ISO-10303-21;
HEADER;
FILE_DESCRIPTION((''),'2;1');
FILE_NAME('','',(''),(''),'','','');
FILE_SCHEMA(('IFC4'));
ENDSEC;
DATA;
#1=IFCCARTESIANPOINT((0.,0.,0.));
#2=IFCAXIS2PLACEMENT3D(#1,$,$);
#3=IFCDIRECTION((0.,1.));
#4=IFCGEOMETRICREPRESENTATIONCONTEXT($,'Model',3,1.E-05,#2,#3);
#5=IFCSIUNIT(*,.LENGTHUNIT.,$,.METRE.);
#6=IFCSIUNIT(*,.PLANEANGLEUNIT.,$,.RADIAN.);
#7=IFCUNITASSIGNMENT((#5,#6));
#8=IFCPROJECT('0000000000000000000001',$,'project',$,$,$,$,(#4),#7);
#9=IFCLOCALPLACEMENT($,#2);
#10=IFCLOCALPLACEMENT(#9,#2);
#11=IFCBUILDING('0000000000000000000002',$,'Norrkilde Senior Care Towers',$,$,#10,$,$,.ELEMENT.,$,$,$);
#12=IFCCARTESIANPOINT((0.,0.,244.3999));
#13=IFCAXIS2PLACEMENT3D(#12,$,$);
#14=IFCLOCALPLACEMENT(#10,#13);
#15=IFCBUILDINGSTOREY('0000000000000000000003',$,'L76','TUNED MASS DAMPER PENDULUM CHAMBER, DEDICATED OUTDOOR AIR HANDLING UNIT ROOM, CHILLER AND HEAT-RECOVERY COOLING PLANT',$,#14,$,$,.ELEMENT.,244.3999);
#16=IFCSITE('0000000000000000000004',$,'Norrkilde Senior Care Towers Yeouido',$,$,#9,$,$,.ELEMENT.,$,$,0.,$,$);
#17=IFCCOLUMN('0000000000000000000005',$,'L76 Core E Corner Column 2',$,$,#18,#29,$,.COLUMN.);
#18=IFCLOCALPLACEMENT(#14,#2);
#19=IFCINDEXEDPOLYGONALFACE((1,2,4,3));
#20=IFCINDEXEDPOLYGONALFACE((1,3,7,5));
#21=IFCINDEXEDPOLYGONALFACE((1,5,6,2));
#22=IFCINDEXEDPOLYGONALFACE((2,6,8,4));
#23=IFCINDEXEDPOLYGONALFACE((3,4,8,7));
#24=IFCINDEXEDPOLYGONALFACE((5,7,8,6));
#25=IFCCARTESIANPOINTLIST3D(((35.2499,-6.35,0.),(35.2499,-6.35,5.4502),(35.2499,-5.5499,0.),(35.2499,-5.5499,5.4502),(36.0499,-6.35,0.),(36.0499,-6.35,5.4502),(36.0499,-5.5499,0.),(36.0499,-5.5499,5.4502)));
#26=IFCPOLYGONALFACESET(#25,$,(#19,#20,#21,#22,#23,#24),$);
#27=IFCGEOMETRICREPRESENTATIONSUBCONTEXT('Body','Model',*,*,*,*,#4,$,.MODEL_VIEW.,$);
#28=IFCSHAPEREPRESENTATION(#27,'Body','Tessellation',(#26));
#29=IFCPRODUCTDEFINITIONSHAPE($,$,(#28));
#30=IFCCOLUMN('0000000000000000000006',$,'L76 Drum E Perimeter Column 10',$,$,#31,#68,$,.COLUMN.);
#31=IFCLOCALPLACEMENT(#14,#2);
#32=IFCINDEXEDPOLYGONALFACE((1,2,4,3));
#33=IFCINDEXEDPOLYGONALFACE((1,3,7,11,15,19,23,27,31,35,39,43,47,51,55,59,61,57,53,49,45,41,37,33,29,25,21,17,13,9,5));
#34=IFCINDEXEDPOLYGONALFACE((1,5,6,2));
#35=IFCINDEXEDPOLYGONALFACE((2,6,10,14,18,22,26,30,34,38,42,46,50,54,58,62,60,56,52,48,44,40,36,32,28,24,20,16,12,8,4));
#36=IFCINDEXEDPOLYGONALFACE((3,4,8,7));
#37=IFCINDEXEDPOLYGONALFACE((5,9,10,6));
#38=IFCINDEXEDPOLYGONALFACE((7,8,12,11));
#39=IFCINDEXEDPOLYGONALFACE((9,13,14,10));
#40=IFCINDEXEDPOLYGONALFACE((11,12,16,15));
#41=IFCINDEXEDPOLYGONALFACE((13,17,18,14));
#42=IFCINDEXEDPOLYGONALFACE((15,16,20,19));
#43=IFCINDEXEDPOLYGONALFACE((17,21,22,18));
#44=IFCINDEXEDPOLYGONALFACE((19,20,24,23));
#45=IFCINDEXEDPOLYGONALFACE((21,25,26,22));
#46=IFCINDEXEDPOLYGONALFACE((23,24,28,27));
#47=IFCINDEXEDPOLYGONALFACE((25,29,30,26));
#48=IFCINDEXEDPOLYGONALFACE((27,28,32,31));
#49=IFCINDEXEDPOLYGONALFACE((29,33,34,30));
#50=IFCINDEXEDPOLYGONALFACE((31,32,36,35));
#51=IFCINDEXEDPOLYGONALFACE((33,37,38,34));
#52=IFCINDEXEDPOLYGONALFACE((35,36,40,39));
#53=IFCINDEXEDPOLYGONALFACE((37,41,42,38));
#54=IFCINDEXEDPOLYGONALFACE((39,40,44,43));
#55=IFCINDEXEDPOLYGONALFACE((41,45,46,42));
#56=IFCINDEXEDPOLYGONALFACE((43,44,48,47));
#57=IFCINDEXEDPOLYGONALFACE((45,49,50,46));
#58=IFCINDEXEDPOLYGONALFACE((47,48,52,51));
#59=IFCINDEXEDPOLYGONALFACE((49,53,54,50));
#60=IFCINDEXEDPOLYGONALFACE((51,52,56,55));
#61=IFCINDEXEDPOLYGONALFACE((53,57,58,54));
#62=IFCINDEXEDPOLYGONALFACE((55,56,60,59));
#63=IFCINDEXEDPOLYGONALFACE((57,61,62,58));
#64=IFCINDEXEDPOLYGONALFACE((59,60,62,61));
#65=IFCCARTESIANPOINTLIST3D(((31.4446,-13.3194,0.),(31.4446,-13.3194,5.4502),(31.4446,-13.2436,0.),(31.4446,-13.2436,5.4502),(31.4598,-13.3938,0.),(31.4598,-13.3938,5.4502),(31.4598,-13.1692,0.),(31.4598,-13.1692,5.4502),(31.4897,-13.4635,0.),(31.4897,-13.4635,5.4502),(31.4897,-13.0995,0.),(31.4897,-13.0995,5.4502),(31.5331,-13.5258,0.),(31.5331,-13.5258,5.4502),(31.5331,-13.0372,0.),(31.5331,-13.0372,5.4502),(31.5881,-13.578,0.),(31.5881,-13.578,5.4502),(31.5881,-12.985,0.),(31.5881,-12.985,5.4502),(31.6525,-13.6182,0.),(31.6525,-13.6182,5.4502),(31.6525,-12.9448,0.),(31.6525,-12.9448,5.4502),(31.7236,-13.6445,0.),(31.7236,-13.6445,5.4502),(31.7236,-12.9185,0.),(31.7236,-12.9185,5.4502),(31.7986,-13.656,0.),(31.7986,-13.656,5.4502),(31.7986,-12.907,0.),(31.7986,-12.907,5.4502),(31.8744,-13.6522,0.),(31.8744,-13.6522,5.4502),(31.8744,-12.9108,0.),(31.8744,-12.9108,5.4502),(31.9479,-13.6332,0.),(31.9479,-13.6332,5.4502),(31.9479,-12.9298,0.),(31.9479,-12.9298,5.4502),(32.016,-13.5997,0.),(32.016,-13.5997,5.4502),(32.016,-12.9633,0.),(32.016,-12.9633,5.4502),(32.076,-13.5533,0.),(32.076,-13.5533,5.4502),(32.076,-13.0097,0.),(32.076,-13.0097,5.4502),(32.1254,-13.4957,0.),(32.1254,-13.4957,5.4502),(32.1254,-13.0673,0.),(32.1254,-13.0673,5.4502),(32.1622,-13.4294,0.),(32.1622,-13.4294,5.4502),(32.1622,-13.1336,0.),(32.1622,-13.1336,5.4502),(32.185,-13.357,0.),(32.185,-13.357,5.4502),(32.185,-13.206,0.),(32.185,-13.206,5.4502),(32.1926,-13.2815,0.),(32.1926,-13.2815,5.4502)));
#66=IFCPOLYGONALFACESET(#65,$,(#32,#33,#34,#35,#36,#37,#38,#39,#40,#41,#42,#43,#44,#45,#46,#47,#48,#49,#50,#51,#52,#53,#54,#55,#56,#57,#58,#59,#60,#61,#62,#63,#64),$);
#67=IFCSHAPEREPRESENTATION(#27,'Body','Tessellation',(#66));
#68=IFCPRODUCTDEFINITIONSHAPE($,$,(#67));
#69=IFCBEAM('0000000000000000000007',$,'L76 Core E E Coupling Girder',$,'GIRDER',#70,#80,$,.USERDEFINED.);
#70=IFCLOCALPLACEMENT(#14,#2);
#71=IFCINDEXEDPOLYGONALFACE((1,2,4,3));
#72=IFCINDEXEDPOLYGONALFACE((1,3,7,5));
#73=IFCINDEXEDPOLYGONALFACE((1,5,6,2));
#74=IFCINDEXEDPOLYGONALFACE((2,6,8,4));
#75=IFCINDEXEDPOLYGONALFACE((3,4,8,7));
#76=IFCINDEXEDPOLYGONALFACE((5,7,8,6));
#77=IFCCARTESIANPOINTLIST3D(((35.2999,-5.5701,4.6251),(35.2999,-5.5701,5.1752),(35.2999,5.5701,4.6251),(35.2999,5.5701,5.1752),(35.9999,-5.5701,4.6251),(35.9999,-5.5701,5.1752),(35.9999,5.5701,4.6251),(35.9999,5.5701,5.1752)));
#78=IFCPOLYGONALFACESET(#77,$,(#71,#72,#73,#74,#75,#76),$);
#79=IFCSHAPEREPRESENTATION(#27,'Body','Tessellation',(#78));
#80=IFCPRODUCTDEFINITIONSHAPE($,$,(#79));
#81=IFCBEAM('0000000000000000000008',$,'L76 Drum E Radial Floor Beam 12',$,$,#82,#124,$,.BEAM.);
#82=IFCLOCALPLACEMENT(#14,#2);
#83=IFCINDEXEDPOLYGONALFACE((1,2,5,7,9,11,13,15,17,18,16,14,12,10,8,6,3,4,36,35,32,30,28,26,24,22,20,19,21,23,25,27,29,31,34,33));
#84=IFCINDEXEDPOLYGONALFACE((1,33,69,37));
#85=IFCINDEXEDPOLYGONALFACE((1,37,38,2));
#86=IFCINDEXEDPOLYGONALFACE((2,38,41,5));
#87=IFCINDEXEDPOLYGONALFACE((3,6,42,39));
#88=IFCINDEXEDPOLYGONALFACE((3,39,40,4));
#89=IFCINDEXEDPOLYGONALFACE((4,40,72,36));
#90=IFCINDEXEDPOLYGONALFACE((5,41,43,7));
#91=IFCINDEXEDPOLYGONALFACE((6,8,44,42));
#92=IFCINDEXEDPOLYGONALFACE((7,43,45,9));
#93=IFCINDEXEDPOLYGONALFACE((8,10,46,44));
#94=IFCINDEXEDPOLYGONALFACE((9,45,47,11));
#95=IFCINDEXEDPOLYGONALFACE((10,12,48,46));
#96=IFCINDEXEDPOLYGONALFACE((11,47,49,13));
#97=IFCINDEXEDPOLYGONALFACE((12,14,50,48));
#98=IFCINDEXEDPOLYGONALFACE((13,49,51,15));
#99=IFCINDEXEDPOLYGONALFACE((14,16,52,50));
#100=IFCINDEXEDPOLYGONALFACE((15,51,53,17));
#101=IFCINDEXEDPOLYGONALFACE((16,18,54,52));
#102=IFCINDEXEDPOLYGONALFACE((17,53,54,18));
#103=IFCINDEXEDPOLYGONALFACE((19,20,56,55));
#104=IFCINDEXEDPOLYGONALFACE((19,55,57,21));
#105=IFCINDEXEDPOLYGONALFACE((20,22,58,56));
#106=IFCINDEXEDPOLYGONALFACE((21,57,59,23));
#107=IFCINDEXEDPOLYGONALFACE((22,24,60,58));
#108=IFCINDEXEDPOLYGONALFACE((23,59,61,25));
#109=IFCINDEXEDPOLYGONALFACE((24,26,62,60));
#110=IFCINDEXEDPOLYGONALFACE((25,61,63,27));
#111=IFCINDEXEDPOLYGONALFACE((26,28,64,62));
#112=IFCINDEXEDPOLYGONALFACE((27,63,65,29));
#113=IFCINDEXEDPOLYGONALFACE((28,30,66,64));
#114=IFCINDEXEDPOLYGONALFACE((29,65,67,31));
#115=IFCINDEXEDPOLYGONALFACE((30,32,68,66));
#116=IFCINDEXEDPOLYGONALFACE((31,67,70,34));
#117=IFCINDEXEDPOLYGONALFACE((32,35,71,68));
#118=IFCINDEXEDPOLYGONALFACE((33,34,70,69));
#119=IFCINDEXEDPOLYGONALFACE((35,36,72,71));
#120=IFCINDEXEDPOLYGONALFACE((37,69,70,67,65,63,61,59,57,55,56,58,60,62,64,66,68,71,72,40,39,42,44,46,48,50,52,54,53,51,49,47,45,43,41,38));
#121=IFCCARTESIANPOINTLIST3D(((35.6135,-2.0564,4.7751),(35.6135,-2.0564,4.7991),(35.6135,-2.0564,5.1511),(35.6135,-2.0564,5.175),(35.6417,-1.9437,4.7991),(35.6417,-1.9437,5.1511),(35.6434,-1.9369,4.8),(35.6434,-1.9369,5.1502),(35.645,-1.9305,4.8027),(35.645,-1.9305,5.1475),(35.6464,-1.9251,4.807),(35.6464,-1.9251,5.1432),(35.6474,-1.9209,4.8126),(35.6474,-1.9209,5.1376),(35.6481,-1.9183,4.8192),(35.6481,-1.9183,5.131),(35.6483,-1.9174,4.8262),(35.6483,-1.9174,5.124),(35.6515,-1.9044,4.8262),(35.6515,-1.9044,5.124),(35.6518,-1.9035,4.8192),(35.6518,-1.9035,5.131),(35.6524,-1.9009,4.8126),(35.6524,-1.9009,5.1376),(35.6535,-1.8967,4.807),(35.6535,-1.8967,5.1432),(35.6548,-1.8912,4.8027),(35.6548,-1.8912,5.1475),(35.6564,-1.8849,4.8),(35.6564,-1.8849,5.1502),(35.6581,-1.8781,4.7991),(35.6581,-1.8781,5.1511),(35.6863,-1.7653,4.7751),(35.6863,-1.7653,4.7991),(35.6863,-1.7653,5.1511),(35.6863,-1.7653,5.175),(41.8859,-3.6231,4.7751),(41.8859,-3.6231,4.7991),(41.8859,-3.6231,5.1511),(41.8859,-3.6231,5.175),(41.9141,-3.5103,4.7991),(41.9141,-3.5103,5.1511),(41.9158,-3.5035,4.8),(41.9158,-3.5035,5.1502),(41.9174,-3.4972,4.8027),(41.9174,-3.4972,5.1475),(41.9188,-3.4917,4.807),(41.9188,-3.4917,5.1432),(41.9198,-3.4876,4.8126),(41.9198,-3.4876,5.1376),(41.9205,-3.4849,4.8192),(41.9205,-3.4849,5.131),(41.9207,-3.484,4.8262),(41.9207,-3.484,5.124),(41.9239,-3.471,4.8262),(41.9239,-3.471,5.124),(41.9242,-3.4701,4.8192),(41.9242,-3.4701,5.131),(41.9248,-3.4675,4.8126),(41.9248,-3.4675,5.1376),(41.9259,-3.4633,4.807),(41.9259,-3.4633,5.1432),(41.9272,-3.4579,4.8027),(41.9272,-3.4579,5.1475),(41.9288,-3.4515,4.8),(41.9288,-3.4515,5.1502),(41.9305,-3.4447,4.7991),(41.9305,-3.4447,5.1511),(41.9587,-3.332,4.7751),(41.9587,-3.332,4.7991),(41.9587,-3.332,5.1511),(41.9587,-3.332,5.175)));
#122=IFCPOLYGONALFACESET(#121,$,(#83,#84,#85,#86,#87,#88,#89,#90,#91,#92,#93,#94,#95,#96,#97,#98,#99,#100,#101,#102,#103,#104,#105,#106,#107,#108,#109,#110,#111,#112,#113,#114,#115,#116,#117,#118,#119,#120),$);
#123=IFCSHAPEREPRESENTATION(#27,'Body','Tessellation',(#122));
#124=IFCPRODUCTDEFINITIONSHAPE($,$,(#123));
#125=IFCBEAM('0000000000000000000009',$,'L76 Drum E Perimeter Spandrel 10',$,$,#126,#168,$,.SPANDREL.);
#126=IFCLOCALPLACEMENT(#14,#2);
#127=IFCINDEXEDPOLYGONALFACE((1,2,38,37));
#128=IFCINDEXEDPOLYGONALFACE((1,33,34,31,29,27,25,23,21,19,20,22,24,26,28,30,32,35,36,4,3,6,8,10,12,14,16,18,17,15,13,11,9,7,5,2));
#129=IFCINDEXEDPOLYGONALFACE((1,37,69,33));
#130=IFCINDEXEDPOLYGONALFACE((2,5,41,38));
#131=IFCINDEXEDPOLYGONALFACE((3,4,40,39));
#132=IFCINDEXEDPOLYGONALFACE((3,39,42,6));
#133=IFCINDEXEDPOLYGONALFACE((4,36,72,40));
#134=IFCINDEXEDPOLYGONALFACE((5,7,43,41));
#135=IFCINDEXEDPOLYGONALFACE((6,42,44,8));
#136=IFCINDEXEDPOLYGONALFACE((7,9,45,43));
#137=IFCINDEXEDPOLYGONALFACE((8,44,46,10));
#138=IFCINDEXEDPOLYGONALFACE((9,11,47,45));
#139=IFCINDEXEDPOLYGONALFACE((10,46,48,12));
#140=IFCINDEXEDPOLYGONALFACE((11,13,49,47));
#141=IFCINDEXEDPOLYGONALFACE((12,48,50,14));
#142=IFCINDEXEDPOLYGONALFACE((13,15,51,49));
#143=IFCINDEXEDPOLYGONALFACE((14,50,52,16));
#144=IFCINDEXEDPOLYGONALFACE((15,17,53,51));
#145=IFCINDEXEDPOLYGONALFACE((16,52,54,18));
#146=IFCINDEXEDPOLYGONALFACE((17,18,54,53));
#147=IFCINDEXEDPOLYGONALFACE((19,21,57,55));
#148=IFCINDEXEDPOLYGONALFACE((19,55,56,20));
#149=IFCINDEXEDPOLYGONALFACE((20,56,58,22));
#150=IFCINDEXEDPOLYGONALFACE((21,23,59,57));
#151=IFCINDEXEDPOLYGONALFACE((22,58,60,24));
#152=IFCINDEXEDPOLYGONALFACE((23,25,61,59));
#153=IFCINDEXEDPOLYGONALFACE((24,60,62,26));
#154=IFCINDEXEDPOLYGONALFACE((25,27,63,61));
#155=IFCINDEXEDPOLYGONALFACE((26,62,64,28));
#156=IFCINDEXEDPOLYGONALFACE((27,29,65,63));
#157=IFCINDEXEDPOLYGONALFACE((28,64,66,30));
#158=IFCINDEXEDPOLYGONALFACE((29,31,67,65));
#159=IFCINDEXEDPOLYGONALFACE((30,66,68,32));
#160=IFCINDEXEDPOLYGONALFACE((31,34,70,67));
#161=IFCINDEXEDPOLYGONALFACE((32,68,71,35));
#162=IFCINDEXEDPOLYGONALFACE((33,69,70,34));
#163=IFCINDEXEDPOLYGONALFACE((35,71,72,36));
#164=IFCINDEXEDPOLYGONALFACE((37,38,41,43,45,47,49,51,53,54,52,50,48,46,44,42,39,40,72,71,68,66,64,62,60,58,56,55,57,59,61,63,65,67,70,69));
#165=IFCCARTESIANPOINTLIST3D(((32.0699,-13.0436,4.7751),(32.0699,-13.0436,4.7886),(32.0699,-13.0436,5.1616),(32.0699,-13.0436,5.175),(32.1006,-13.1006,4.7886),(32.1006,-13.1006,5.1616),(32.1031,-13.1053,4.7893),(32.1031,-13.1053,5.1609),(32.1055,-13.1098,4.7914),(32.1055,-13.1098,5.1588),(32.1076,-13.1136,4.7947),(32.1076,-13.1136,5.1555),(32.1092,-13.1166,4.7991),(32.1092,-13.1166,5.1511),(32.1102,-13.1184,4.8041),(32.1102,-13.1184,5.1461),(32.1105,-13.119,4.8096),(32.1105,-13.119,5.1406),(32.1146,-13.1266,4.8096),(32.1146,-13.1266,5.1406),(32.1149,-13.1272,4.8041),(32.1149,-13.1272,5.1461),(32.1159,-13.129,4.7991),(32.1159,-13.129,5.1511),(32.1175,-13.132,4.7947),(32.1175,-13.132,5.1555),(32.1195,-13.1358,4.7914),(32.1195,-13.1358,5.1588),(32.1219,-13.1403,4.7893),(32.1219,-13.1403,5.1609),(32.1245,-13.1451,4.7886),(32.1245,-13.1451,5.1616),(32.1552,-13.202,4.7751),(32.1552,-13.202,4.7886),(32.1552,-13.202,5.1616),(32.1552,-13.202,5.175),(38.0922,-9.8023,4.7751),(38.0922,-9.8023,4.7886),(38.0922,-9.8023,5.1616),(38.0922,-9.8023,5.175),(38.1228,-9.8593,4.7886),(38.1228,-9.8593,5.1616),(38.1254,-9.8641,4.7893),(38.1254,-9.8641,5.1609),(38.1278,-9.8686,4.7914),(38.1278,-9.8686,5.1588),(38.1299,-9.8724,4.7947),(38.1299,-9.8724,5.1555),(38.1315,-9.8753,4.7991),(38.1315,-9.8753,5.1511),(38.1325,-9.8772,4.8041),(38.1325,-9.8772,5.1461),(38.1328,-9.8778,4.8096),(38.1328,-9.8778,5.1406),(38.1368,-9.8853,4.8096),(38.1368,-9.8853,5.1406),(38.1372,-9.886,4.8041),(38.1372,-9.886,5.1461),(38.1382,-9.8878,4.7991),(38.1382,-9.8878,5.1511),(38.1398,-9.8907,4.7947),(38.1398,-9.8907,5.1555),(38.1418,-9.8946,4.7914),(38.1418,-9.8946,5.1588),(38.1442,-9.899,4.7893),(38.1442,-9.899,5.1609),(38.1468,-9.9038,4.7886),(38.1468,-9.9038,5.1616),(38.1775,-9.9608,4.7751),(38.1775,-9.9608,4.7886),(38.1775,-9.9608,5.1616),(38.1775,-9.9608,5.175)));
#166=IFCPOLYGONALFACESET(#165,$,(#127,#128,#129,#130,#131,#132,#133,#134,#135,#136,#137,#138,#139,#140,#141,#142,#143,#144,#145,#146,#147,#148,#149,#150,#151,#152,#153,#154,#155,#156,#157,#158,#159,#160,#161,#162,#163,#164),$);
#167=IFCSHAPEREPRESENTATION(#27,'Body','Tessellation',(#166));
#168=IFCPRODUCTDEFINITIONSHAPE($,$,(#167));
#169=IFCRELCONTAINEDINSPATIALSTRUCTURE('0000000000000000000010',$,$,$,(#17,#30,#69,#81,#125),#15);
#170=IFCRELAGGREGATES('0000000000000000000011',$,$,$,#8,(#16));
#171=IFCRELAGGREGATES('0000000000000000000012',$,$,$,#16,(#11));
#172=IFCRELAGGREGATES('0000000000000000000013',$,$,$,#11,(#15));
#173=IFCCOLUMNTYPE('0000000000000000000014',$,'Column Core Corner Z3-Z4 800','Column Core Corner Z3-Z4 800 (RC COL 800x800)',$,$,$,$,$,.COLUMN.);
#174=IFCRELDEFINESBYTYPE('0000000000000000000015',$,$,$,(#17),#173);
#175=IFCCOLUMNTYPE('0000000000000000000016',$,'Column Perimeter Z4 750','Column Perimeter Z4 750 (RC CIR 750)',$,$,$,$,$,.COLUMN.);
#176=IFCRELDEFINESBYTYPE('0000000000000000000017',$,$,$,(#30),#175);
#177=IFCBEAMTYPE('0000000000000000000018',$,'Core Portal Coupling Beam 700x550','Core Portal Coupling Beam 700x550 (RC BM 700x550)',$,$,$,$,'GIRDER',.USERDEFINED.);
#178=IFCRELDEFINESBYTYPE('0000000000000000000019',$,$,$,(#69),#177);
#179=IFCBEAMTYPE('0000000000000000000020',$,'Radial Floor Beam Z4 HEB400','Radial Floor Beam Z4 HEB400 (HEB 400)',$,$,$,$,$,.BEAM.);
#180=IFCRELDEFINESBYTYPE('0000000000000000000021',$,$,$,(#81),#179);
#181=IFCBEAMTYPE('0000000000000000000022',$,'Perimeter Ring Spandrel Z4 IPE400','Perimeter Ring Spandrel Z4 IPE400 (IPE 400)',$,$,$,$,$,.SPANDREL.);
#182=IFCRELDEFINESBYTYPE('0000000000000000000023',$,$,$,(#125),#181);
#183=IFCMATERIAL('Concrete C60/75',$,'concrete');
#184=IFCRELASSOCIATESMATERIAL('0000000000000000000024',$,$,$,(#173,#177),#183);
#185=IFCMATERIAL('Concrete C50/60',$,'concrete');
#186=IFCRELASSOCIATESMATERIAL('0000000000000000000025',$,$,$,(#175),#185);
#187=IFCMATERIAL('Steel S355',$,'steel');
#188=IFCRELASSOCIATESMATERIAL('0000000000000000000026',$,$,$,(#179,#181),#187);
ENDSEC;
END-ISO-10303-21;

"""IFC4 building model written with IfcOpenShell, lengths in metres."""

from ifc_helpers import new_model, si_unit, direction, frame, origin, origin_2d, place, context, subcontext, project, spatial, rectangle, circle, i_section, extrude, source, transform, mapped, material, material_profile, profile_set, type_object, type_shapes, element, save


model = new_model("IFC4")

# Units and contexts
model_context = context("Model", 3, precision=1e-05, world=origin(), true_north=direction((0.0, 1.0)))
body_context = subcontext(model_context, "Body", "Model", "MODEL_VIEW")
ifc_project = project(units=[si_unit("LENGTHUNIT", "METRE"), si_unit("PLANEANGLEUNIT", "RADIAN")], contexts=[model_context])

# Site, building, storey
site_placement = place(None, origin())
site = spatial("IfcSite", under=ifc_project, at=site_placement, Name="Norrkilde Senior Care Towers Yeouido", CompositionType="ELEMENT", RefElevation=0.0)
building_placement = place(site_placement, origin())
building = spatial("IfcBuilding", under=site, at=building_placement, Name="Norrkilde Senior Care Towers", CompositionType="ELEMENT")
storey_placement = place(building_placement, frame((0.0, 0.0, 244.3999)))
storey = spatial("IfcBuildingStorey", under=building, at=storey_placement, Name="L76", Description="TUNED MASS DAMPER PENDULUM CHAMBER, DEDICATED OUTDOOR AIR HANDLING UNIT ROOM, CHILLER AND HEAT-RECOVERY COOLING PLANT", CompositionType="ELEMENT", Elevation=244.3999)

# Columns
ifc_material_1 = material(Name="Concrete C60/75", Category="concrete")
ifc_material_profile_1 = material_profile(ifc_material_1, rectangle(XDim=0.8, YDim=0.8, at=origin_2d()), Name="RC COL 800x800")
ifc_profile_set_1 = profile_set([ifc_material_profile_1], Name="Concrete C60/75")
column_type_1 = type_object("IfcColumnType", Name="Column Core Corner Z3-Z4 800", Description="Column Core Corner Z3-Z4 800 (RC COL 800x800)", PredefinedType="COLUMN", material=ifc_profile_set_1)
shared_shape_1 = source(origin(), body_context, "Body", "SweptSolid", [
    extrude(rectangle(XDim=0.8, YDim=0.8, at=origin_2d()), origin(), (0.0, 0.0, 1.0), 5.4502),
])
type_shapes(column_type_1, [shared_shape_1])
column_1_placement = place(storey_placement, frame((35.6499, -5.95, 0.0), z_axis=(0.0, 0.0, 1.0), x_axis=(1.0, 0.0, 0.0)))
element("IfcColumn", 1, at=column_1_placement, inside=storey, type_object=column_type_1, Name="L76 Core E Corner Column 2", PredefinedType="COLUMN", context=body_context, shape_type="MappedRepresentation", body=[
    mapped(shared_shape_1, transform((0.0, 0.0, 0.0), x_axis=(1.0, 0.0, 0.0), y_axis=(0.0, 1.0, 0.0), z_axis=(0.0, 0.0, 1.0), scale=1.0)),
])
ifc_material_2 = material(Name="Concrete C50/60", Category="concrete")
ifc_material_profile_2 = material_profile(ifc_material_2, circle(Radius=0.375, at=origin_2d()), Name="RC CIR 750")
ifc_profile_set_2 = profile_set([ifc_material_profile_2], Name="Concrete C50/60")
column_type_2 = type_object("IfcColumnType", Name="Column Perimeter Z4 750", Description="Column Perimeter Z4 750 (RC CIR 750)", PredefinedType="COLUMN", material=ifc_profile_set_2)
shared_shape_2 = source(origin(), body_context, "Body", "SweptSolid", [
    extrude(circle(Radius=0.375, at=origin_2d()), origin(), (0.0, 0.0, 1.0), 5.4502),
])
type_shapes(column_type_2, [shared_shape_2])
column_2_placement = place(storey_placement, frame((31.8176, -13.2815, 0.0), z_axis=(0.0, 0.0, 1.0), x_axis=(1.0, 0.0, 0.0)))
element("IfcColumn", 2, at=column_2_placement, inside=storey, type_object=column_type_2, Name="L76 Drum E Perimeter Column 10", PredefinedType="COLUMN", context=body_context, shape_type="MappedRepresentation", body=[
    mapped(shared_shape_2, transform((0.0, 0.0, 0.0), x_axis=(1.0, 0.0, 0.0), y_axis=(0.0, 1.0, 0.0), z_axis=(0.0, 0.0, 1.0), scale=1.0)),
])

# Beams
ifc_material_profile_3 = material_profile(ifc_material_1, rectangle(XDim=0.7, YDim=0.55, at=origin_2d()), Name="RC BM 700x550")
ifc_profile_set_3 = profile_set([ifc_material_profile_3], Name="Concrete C60/75")
beam_type_1 = type_object("IfcBeamType", Name="Core Portal Coupling Beam 700x550", Description="Core Portal Coupling Beam 700x550 (RC BM 700x550)", ElementType="GIRDER", PredefinedType="USERDEFINED", material=ifc_profile_set_3)
shared_shape_3 = source(origin(), body_context, "Body", "SweptSolid", [
    extrude(rectangle(XDim=0.7, YDim=0.55, at=origin_2d()), origin(), (0.0, 0.0, 1.0), 11.1401),
])
type_shapes(beam_type_1, [shared_shape_3])
beam_1_placement = place(storey_placement, frame((35.6499, -5.5701, 4.9001), z_axis=(0.0, 1.0, 0.0), x_axis=(-1.0, 0.0, 0.0)))
element("IfcBeam", 3, at=beam_1_placement, inside=storey, type_object=beam_type_1, Name="L76 Core E E Coupling Girder", ObjectType="GIRDER", PredefinedType="USERDEFINED", context=body_context, shape_type="MappedRepresentation", body=[
    mapped(shared_shape_3, transform((0.0, 0.0, 0.0), x_axis=(1.0, 0.0, 0.0), y_axis=(0.0, 1.0, 0.0), z_axis=(0.0, 0.0, 1.0), scale=1.0)),
])
ifc_material_3 = material(Name="Steel S355", Category="steel")
ifc_material_profile_4 = material_profile(ifc_material_3, i_section(OverallWidth=0.3, OverallDepth=0.3999, WebThickness=0.0134, FlangeThickness=0.0239, FilletRadius=0.0271, at=origin_2d()), Name="HEB 400")
ifc_profile_set_4 = profile_set([ifc_material_profile_4], Name="Steel S355")
beam_type_2 = type_object("IfcBeamType", Name="Radial Floor Beam Z4 HEB400", Description="Radial Floor Beam Z4 HEB400 (HEB 400)", PredefinedType="BEAM", material=ifc_profile_set_4)
shared_shape_4 = source(origin(), body_context, "Body", "SweptSolid", [
    extrude(i_section(OverallWidth=0.3, OverallDepth=0.3999, WebThickness=0.0134, FlangeThickness=0.0239, FilletRadius=0.0271, at=origin_2d()), origin(), (0.0, 0.0, 1.0), 6.4651),
])
beam_2_placement = place(storey_placement, frame((35.6499, -1.9109, 4.9751), z_axis=(0.970196, -0.242322, 0.0), x_axis=(0.242322, 0.970196, 0.0)))
element("IfcBeam", 4, at=beam_2_placement, inside=storey, type_object=beam_type_2, Name="L76 Drum E Radial Floor Beam 12", PredefinedType="BEAM", context=body_context, shape_type="MappedRepresentation", body=[
    mapped(shared_shape_4, transform((0.0, 0.0, 0.0), x_axis=(1.0, 0.0, 0.0), y_axis=(0.0, 1.0, 0.0), z_axis=(0.0, 0.0, 1.0), scale=1.0)),
])
ifc_material_profile_5 = material_profile(ifc_material_3, i_section(OverallWidth=0.1799, OverallDepth=0.3999, WebThickness=0.0085, FlangeThickness=0.0134, FilletRadius=0.021, at=origin_2d()), Name="IPE 400")
ifc_profile_set_5 = profile_set([ifc_material_profile_5], Name="Steel S355")
beam_type_3 = type_object("IfcBeamType", Name="Perimeter Ring Spandrel Z4 IPE400", Description="Perimeter Ring Spandrel Z4 IPE400 (IPE 400)", PredefinedType="SPANDREL", material=ifc_profile_set_5)
shared_shape_5 = source(origin(), body_context, "Body", "SweptSolid", [
    extrude(i_section(OverallWidth=0.1799, OverallDepth=0.3999, WebThickness=0.0085, FlangeThickness=0.0134, FilletRadius=0.021, at=origin_2d()), origin(), (0.0, 0.0, 1.0), 6.8391),
])
type_shapes(beam_type_3, [shared_shape_5])
beam_3_placement = place(storey_placement, frame((32.1125, -13.1228, 4.9751), z_axis=(0.880564, 0.473927, 0.0), x_axis=(-0.473927, 0.880564, 0.0)))
element("IfcBeam", 5, at=beam_3_placement, inside=storey, type_object=beam_type_3, Name="L76 Drum E Perimeter Spandrel 10", PredefinedType="SPANDREL", context=body_context, shape_type="MappedRepresentation", body=[
    mapped(shared_shape_5, transform((0.0, 0.0, 0.0), x_axis=(1.0, 0.0, 0.0), y_axis=(0.0, 1.0, 0.0), z_axis=(0.0, 0.0, 1.0), scale=1.0)),
])

save(model, "model.ifc")
